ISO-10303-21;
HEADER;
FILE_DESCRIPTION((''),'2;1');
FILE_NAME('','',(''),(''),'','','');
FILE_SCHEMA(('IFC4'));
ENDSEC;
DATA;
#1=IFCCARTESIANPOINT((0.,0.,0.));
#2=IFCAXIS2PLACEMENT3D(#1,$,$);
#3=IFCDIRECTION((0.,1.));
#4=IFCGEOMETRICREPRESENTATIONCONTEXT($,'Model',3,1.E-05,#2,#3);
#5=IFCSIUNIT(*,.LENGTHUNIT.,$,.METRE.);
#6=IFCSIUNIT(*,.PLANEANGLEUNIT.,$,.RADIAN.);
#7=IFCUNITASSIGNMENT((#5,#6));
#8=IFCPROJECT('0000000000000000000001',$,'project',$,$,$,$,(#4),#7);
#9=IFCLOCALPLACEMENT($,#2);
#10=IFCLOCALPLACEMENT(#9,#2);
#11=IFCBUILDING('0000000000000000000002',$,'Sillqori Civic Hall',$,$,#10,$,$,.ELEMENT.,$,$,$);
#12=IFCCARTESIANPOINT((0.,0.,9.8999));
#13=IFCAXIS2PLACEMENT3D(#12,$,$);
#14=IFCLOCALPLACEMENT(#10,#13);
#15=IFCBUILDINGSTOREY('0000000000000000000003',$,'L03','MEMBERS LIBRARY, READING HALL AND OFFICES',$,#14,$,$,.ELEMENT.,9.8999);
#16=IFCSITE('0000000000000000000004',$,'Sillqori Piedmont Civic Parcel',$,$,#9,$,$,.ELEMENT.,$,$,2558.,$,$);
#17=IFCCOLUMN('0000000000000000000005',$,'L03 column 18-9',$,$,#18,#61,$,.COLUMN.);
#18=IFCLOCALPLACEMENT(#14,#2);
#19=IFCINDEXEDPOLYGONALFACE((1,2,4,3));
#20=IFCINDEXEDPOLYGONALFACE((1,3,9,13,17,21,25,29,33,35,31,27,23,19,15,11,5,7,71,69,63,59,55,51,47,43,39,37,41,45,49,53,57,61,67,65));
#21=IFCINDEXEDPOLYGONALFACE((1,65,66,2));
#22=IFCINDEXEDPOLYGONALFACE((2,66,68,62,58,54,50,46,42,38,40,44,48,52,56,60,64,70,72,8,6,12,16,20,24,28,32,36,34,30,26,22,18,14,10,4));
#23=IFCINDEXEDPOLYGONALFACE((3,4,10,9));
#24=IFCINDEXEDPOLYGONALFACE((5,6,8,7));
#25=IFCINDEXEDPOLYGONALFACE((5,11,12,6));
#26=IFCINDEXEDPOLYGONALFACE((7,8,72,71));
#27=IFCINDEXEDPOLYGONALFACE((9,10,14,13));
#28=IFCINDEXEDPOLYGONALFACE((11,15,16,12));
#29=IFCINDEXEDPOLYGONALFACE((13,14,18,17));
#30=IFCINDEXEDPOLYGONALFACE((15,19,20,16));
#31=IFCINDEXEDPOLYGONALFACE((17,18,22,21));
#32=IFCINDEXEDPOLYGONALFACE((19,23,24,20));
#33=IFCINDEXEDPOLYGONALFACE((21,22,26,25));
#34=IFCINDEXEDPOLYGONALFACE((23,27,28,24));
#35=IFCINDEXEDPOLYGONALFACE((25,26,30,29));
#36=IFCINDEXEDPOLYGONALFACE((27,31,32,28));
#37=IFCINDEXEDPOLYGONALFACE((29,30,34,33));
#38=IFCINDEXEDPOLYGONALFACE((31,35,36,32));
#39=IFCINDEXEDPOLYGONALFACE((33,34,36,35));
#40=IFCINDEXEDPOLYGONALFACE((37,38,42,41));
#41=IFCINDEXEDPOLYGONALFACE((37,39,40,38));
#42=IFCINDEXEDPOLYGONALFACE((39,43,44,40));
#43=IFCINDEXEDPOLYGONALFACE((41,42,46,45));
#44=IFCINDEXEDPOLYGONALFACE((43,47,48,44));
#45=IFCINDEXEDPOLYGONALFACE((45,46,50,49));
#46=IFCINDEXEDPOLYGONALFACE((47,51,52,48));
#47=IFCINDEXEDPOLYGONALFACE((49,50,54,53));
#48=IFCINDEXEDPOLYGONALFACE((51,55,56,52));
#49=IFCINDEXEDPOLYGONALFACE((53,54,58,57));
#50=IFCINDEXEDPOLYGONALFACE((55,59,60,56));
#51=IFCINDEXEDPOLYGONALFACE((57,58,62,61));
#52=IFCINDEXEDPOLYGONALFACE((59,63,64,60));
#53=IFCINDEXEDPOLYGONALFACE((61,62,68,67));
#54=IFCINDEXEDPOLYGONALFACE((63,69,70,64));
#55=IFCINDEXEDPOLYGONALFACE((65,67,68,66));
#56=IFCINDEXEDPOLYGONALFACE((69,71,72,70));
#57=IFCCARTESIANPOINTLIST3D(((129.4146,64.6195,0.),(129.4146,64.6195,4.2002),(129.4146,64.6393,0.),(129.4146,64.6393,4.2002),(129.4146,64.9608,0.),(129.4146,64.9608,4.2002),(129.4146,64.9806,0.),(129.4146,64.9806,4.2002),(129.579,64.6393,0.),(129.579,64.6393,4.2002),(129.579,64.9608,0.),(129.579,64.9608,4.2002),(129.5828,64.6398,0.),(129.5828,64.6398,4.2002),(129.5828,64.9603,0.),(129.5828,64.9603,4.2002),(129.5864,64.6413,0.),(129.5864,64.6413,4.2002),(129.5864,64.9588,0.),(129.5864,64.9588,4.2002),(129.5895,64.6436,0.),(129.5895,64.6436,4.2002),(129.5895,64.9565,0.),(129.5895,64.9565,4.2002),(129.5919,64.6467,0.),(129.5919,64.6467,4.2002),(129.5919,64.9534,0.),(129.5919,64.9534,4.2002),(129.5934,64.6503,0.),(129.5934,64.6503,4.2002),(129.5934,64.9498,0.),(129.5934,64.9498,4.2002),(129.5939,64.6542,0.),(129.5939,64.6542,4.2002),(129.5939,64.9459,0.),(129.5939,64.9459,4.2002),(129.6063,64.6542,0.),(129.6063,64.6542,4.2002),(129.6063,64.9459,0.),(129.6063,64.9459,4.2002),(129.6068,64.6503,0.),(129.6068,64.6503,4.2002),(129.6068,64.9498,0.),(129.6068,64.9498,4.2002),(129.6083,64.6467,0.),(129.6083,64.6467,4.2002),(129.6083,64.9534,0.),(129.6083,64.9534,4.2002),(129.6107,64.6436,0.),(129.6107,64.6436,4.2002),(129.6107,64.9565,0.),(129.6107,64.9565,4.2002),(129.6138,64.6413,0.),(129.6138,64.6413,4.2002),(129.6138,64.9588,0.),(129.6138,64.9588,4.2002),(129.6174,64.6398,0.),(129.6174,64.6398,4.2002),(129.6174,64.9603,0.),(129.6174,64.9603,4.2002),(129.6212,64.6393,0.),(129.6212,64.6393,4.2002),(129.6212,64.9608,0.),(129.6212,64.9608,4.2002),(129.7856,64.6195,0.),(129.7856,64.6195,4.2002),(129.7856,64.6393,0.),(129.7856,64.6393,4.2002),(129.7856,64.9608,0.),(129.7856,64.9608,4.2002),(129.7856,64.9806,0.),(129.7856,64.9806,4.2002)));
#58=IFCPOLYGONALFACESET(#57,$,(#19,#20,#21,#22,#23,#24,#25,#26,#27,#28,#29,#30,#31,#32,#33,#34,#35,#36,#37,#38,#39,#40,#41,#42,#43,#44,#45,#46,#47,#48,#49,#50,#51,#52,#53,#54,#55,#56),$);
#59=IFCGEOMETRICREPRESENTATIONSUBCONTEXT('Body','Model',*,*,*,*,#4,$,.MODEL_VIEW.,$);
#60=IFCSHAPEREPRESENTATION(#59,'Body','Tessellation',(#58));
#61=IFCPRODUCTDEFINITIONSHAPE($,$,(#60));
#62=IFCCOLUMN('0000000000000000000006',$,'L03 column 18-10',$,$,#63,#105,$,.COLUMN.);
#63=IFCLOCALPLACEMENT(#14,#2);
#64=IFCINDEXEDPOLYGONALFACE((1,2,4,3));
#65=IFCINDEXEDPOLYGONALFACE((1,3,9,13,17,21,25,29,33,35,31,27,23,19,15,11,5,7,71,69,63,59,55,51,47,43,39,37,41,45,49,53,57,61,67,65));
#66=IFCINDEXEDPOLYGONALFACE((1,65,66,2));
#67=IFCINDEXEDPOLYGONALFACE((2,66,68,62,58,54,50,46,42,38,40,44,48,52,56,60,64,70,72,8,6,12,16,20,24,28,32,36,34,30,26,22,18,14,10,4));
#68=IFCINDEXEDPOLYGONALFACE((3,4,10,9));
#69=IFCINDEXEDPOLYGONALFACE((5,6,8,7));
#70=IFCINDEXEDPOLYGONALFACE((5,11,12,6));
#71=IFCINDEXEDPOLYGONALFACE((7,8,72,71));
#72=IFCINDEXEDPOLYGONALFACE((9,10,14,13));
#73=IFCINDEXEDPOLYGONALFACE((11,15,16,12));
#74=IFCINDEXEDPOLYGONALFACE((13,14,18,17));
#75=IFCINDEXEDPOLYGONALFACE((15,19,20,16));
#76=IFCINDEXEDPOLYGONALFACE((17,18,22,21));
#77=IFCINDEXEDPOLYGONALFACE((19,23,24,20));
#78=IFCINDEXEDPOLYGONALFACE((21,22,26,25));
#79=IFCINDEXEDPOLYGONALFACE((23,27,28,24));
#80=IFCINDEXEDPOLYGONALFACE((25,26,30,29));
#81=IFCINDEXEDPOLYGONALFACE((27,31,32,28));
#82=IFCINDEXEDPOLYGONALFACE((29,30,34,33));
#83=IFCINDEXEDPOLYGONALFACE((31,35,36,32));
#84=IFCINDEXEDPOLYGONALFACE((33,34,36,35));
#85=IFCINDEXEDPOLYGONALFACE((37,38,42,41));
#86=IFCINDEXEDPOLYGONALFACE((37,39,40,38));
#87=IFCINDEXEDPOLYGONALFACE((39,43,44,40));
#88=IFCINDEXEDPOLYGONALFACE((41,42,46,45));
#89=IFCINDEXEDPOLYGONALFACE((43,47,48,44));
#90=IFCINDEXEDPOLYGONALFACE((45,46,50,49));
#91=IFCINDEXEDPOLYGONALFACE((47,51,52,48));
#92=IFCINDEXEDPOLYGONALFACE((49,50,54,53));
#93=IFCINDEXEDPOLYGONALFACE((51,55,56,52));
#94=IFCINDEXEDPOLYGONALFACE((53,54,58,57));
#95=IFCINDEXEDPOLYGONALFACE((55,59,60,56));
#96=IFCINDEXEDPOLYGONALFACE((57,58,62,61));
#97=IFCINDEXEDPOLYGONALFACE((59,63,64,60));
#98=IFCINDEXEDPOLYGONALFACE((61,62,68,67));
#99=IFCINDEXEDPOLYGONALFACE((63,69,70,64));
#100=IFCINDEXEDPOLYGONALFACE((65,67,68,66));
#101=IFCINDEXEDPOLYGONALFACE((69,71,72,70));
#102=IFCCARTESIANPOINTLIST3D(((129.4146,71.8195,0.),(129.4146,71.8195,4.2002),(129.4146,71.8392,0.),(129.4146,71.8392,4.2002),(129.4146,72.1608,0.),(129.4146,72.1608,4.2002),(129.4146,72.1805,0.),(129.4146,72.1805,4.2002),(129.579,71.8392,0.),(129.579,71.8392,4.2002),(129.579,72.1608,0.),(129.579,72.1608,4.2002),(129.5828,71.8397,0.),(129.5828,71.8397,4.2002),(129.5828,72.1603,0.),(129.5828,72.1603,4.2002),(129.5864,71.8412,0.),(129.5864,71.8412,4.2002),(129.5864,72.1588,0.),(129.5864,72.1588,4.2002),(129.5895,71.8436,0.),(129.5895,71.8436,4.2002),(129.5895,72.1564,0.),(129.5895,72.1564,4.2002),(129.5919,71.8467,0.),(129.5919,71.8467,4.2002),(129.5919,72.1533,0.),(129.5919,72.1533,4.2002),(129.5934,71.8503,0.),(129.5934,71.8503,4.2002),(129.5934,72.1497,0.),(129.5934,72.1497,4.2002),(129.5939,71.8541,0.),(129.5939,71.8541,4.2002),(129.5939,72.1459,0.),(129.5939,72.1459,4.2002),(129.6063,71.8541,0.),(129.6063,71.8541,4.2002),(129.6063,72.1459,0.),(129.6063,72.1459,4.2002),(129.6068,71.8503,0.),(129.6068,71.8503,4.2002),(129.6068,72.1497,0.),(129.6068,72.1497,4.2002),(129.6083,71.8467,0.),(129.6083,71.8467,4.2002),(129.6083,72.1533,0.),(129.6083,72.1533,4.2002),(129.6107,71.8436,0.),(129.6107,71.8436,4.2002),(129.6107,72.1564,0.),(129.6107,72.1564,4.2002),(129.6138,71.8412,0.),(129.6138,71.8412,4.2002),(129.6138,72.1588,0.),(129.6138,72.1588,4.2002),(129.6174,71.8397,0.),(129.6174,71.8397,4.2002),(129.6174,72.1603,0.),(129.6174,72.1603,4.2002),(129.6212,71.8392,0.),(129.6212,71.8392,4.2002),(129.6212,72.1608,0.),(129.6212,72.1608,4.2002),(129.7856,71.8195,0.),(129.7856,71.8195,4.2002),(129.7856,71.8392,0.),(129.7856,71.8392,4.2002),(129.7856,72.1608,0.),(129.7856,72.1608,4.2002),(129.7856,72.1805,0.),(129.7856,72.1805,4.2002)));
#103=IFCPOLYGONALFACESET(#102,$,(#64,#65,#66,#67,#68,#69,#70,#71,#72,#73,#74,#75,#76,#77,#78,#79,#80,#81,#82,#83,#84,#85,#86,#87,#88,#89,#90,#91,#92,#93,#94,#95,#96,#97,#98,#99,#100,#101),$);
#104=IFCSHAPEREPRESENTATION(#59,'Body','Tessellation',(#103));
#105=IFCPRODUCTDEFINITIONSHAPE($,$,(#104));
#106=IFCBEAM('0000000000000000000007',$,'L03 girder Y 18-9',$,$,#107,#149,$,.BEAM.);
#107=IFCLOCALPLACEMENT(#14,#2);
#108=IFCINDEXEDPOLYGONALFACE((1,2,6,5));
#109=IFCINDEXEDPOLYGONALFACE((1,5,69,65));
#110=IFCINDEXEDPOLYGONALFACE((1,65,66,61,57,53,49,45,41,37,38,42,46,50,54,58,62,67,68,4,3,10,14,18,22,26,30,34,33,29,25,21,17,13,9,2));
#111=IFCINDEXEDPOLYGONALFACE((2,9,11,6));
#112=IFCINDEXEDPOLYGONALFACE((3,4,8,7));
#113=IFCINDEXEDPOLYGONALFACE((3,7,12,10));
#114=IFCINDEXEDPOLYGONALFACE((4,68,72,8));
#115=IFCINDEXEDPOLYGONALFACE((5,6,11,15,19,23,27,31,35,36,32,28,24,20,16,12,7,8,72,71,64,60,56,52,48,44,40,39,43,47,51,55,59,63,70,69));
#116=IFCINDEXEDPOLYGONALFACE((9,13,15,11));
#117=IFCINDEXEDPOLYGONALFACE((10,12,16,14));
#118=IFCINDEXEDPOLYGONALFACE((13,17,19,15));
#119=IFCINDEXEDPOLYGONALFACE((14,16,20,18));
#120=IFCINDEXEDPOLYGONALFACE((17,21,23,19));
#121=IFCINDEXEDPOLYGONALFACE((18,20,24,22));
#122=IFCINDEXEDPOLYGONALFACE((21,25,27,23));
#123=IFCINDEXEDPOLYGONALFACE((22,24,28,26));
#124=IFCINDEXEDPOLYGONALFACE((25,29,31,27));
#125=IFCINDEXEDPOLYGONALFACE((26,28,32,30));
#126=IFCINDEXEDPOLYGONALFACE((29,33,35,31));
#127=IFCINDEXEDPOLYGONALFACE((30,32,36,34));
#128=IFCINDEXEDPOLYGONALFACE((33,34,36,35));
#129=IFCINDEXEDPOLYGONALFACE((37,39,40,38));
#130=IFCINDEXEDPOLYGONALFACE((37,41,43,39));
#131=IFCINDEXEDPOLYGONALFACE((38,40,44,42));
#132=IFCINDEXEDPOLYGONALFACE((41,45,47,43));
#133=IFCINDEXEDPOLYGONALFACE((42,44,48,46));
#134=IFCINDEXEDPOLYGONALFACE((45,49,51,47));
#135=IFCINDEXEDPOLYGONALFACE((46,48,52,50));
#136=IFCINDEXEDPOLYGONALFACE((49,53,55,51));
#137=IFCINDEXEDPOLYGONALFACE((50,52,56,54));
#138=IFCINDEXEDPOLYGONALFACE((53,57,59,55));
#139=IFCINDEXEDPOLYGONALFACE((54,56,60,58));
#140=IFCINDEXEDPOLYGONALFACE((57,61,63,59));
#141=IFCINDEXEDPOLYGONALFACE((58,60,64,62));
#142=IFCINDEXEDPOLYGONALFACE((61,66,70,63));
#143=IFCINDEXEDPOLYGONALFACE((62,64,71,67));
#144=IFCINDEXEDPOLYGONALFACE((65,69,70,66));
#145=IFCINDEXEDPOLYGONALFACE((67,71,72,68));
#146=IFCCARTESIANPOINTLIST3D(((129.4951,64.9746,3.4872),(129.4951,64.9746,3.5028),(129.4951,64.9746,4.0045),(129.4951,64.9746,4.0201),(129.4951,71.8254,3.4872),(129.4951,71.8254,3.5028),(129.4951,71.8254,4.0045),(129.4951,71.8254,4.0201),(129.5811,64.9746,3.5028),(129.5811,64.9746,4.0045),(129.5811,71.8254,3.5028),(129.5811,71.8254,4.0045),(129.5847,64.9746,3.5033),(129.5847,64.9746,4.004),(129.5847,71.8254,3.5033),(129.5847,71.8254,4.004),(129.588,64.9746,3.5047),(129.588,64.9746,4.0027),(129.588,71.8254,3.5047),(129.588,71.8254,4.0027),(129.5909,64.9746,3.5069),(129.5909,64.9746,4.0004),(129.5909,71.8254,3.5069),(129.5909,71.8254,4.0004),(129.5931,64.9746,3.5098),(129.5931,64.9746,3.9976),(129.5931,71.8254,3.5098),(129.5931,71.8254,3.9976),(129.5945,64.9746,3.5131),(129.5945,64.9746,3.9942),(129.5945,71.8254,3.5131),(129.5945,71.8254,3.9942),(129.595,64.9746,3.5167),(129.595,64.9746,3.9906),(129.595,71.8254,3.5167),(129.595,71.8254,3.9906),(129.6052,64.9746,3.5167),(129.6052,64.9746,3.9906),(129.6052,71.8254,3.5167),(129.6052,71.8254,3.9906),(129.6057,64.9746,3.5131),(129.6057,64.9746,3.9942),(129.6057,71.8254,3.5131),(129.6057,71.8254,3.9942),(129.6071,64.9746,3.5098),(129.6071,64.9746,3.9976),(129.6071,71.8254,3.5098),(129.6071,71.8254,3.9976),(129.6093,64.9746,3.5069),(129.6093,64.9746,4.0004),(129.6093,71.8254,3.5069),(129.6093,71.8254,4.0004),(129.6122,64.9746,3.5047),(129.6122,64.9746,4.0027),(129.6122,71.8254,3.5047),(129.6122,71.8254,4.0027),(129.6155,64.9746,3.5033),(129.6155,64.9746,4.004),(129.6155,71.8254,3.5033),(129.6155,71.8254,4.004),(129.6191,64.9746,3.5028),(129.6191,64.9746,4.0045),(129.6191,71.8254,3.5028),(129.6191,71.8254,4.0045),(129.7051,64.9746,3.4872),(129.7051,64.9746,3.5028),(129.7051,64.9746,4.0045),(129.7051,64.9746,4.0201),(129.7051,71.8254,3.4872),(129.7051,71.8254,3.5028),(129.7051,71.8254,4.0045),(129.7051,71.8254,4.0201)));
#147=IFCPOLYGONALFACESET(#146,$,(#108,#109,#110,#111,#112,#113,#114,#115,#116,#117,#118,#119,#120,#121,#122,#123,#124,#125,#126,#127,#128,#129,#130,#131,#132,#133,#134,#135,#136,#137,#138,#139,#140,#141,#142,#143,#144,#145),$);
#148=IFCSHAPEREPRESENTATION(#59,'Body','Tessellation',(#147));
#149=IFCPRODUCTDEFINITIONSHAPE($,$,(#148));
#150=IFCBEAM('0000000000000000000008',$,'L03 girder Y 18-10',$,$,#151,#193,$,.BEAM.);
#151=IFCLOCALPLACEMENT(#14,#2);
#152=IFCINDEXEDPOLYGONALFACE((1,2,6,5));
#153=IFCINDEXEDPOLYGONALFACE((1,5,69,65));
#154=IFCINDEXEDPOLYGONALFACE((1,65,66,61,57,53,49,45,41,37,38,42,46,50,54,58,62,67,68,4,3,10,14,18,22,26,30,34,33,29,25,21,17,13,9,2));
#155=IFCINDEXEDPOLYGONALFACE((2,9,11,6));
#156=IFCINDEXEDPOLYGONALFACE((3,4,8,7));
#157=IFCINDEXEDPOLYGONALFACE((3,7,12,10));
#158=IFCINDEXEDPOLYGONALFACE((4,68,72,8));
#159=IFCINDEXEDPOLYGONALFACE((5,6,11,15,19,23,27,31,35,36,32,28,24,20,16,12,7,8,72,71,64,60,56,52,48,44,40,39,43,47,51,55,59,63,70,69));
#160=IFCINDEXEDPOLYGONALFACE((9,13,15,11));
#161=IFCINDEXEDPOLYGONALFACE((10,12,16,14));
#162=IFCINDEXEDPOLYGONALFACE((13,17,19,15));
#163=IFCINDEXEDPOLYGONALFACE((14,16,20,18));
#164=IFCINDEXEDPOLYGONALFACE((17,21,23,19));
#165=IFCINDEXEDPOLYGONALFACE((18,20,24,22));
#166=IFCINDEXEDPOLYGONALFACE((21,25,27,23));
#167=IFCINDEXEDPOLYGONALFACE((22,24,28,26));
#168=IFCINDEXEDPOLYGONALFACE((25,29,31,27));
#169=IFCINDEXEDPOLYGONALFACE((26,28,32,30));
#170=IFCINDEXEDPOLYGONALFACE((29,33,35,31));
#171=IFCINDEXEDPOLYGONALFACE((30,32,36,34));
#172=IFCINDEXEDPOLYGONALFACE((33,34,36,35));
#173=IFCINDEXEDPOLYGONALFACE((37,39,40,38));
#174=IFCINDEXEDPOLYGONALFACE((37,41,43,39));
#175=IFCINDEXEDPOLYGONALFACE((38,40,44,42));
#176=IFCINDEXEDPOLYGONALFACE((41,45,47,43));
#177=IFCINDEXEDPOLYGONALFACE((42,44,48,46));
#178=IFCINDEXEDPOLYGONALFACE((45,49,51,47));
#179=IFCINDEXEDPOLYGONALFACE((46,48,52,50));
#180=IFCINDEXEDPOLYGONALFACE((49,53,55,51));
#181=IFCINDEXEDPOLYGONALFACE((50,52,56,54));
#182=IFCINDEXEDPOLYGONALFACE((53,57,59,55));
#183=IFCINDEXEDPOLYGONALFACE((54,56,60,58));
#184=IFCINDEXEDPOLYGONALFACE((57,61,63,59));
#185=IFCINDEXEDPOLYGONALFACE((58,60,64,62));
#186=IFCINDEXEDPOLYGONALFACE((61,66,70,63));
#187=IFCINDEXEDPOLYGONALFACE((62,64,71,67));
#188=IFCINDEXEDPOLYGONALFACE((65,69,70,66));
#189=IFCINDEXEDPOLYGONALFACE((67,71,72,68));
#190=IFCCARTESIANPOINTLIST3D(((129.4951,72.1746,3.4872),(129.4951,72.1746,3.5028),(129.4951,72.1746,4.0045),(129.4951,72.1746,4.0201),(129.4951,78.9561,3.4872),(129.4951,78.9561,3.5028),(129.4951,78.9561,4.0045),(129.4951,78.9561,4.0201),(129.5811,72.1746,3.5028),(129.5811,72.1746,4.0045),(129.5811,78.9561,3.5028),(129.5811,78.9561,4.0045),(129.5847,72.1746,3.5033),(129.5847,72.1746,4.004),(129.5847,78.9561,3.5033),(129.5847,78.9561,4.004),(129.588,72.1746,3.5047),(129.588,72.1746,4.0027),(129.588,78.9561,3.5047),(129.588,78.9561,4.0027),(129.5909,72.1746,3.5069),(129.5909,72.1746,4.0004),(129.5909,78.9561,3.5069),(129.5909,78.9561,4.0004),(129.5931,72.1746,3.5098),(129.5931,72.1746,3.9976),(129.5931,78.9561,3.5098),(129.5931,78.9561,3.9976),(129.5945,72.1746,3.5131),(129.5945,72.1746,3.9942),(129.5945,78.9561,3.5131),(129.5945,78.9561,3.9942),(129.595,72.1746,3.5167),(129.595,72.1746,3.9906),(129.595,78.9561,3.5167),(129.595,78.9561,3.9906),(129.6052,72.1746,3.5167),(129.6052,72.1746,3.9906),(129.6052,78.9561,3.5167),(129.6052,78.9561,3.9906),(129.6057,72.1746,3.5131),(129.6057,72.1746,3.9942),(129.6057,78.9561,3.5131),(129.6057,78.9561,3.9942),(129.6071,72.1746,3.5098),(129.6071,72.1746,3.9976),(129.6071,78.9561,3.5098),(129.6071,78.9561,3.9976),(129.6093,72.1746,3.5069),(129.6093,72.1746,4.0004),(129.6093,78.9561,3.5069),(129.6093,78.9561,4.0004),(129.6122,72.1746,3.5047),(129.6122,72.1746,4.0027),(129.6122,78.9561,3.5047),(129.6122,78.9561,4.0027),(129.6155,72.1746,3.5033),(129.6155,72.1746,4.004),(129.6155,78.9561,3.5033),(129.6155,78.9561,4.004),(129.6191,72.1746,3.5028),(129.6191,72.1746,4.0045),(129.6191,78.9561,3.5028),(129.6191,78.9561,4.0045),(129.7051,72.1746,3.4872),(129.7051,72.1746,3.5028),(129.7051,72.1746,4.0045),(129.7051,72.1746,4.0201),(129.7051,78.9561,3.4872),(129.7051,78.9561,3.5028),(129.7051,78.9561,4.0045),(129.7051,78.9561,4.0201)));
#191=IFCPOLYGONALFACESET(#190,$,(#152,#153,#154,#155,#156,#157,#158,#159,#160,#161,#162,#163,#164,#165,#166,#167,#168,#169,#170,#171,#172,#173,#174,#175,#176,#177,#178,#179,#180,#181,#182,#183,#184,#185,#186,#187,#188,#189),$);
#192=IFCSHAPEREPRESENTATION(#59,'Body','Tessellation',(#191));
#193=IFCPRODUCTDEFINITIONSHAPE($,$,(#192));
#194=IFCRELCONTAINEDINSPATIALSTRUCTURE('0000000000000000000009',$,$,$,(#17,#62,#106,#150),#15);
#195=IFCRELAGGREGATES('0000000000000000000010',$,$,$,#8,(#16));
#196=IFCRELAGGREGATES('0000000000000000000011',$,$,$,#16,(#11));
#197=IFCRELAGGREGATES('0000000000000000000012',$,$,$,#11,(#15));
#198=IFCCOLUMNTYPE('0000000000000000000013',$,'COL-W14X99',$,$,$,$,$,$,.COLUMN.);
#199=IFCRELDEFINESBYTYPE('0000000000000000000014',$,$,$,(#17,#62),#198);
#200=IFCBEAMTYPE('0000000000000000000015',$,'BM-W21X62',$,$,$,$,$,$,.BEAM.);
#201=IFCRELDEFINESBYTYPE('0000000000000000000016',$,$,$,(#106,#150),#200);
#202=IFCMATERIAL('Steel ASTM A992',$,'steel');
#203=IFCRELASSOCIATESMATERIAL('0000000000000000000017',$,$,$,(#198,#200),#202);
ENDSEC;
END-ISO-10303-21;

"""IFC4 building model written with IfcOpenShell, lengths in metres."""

from ifc_helpers import new_model, si_unit, direction, frame, origin, origin_2d, place, context, subcontext, project, spatial, i_section, extrude, material, material_profile, profile_set, type_object, element, save


model = new_model("IFC4")

# Units and contexts
model_context = context("Model", 3, precision=1e-05, world=origin(), true_north=direction((0.0, 1.0)))
body_context = subcontext(model_context, "Body", "Model", "MODEL_VIEW")
ifc_project = project(units=[si_unit("LENGTHUNIT", "METRE"), si_unit("PLANEANGLEUNIT", "RADIAN")], contexts=[model_context])

# Site, building, storey
site_placement = place(None, origin())
site = spatial("IfcSite", under=ifc_project, at=site_placement, Name="Sillqori Piedmont Civic Parcel", CompositionType="ELEMENT", RefElevation=2558.0)
building_placement = place(site_placement, origin())
building = spatial("IfcBuilding", under=site, at=building_placement, Name="Sillqori Civic Hall", CompositionType="ELEMENT")
storey_placement = place(building_placement, frame((0.0, 0.0, 9.8999)))
storey = spatial("IfcBuildingStorey", under=building, at=storey_placement, Name="L03", Description="MEMBERS LIBRARY, READING HALL AND OFFICES", CompositionType="ELEMENT", Elevation=9.8999)

# Columns
ifc_material_1 = material(Name="Steel ASTM A992", Category="steel")
ifc_material_profile_1 = material_profile(ifc_material_1, i_section(OverallWidth=0.3711, OverallDepth=0.3611, WebThickness=0.0125, FlangeThickness=0.0198, FilletRadius=0.0149, at=origin_2d()), Name="W14X99")
ifc_profile_set_1 = profile_set([ifc_material_profile_1], Name="Steel ASTM A992")
column_type = type_object("IfcColumnType", Name="COL-W14X99", PredefinedType="COLUMN", material=ifc_profile_set_1)
for number, where, z_axis, x_axis, name in (
    (1, (129.6001, 64.8, 0.0), (0.0, 0.0, 1.0), (1.0, 0.0, 0.0), "L03 column 18-9"),
    (2, (129.6001, 72.0, 0.0), (0.0, 0.0, 1.0), (1.0, 0.0, 0.0), "L03 column 18-10"),
):
    element("IfcColumn", number, at=place(storey_placement, frame(where, z_axis=z_axis, x_axis=x_axis)), inside=storey, type_object=column_type, Name=name, PredefinedType="COLUMN", context=body_context, shape_type="SweptSolid", body=[
        extrude(i_section(OverallWidth=0.3711, OverallDepth=0.3611, WebThickness=0.0125, FlangeThickness=0.0198, FilletRadius=0.0149, at=origin_2d()), origin(), (0.0, 0.0, 1.0), 4.2002),
    ])

# Beams
ifc_material_profile_2 = material_profile(ifc_material_1, i_section(OverallWidth=0.21, OverallDepth=0.533, WebThickness=0.0103, FlangeThickness=0.0156, FilletRadius=0.0139, at=origin_2d()), Name="W21X62")
ifc_profile_set_2 = profile_set([ifc_material_profile_2], Name="Steel ASTM A992")
beam_type_1 = type_object("IfcBeamType", Name="BM-W21X62", PredefinedType="BEAM", material=ifc_profile_set_2)
beam_1_placement = place(storey_placement, frame((129.6001, 64.9746, 3.7537), z_axis=(0.0, 1.0, 0.0), x_axis=(-1.0, 0.0, 0.0)))
element("IfcBeam", 3, at=beam_1_placement, inside=storey, type_object=beam_type_1, Name="L03 girder Y 18-9", PredefinedType="BEAM", context=body_context, shape_type="SweptSolid", body=[
    extrude(i_section(OverallWidth=0.21, OverallDepth=0.533, WebThickness=0.0103, FlangeThickness=0.0156, FilletRadius=0.0139, at=origin_2d()), origin(), (0.0, 0.0, 1.0), 6.8508),
])
beam_2_placement = place(storey_placement, frame((129.6001, 72.1746, 3.7537), z_axis=(0.0, 1.0, 0.0), x_axis=(-1.0, 0.0, 0.0)))
element("IfcBeam", 4, at=beam_2_placement, inside=storey, type_object=beam_type_1, Name="L03 girder Y 18-10", PredefinedType="BEAM", context=body_context, shape_type="SweptSolid", body=[
    extrude(i_section(OverallWidth=0.21, OverallDepth=0.533, WebThickness=0.0103, FlangeThickness=0.0156, FilletRadius=0.0139, at=origin_2d()), origin(), (0.0, 0.0, 1.0), 6.7815),
])

save(model, "model.ifc")
